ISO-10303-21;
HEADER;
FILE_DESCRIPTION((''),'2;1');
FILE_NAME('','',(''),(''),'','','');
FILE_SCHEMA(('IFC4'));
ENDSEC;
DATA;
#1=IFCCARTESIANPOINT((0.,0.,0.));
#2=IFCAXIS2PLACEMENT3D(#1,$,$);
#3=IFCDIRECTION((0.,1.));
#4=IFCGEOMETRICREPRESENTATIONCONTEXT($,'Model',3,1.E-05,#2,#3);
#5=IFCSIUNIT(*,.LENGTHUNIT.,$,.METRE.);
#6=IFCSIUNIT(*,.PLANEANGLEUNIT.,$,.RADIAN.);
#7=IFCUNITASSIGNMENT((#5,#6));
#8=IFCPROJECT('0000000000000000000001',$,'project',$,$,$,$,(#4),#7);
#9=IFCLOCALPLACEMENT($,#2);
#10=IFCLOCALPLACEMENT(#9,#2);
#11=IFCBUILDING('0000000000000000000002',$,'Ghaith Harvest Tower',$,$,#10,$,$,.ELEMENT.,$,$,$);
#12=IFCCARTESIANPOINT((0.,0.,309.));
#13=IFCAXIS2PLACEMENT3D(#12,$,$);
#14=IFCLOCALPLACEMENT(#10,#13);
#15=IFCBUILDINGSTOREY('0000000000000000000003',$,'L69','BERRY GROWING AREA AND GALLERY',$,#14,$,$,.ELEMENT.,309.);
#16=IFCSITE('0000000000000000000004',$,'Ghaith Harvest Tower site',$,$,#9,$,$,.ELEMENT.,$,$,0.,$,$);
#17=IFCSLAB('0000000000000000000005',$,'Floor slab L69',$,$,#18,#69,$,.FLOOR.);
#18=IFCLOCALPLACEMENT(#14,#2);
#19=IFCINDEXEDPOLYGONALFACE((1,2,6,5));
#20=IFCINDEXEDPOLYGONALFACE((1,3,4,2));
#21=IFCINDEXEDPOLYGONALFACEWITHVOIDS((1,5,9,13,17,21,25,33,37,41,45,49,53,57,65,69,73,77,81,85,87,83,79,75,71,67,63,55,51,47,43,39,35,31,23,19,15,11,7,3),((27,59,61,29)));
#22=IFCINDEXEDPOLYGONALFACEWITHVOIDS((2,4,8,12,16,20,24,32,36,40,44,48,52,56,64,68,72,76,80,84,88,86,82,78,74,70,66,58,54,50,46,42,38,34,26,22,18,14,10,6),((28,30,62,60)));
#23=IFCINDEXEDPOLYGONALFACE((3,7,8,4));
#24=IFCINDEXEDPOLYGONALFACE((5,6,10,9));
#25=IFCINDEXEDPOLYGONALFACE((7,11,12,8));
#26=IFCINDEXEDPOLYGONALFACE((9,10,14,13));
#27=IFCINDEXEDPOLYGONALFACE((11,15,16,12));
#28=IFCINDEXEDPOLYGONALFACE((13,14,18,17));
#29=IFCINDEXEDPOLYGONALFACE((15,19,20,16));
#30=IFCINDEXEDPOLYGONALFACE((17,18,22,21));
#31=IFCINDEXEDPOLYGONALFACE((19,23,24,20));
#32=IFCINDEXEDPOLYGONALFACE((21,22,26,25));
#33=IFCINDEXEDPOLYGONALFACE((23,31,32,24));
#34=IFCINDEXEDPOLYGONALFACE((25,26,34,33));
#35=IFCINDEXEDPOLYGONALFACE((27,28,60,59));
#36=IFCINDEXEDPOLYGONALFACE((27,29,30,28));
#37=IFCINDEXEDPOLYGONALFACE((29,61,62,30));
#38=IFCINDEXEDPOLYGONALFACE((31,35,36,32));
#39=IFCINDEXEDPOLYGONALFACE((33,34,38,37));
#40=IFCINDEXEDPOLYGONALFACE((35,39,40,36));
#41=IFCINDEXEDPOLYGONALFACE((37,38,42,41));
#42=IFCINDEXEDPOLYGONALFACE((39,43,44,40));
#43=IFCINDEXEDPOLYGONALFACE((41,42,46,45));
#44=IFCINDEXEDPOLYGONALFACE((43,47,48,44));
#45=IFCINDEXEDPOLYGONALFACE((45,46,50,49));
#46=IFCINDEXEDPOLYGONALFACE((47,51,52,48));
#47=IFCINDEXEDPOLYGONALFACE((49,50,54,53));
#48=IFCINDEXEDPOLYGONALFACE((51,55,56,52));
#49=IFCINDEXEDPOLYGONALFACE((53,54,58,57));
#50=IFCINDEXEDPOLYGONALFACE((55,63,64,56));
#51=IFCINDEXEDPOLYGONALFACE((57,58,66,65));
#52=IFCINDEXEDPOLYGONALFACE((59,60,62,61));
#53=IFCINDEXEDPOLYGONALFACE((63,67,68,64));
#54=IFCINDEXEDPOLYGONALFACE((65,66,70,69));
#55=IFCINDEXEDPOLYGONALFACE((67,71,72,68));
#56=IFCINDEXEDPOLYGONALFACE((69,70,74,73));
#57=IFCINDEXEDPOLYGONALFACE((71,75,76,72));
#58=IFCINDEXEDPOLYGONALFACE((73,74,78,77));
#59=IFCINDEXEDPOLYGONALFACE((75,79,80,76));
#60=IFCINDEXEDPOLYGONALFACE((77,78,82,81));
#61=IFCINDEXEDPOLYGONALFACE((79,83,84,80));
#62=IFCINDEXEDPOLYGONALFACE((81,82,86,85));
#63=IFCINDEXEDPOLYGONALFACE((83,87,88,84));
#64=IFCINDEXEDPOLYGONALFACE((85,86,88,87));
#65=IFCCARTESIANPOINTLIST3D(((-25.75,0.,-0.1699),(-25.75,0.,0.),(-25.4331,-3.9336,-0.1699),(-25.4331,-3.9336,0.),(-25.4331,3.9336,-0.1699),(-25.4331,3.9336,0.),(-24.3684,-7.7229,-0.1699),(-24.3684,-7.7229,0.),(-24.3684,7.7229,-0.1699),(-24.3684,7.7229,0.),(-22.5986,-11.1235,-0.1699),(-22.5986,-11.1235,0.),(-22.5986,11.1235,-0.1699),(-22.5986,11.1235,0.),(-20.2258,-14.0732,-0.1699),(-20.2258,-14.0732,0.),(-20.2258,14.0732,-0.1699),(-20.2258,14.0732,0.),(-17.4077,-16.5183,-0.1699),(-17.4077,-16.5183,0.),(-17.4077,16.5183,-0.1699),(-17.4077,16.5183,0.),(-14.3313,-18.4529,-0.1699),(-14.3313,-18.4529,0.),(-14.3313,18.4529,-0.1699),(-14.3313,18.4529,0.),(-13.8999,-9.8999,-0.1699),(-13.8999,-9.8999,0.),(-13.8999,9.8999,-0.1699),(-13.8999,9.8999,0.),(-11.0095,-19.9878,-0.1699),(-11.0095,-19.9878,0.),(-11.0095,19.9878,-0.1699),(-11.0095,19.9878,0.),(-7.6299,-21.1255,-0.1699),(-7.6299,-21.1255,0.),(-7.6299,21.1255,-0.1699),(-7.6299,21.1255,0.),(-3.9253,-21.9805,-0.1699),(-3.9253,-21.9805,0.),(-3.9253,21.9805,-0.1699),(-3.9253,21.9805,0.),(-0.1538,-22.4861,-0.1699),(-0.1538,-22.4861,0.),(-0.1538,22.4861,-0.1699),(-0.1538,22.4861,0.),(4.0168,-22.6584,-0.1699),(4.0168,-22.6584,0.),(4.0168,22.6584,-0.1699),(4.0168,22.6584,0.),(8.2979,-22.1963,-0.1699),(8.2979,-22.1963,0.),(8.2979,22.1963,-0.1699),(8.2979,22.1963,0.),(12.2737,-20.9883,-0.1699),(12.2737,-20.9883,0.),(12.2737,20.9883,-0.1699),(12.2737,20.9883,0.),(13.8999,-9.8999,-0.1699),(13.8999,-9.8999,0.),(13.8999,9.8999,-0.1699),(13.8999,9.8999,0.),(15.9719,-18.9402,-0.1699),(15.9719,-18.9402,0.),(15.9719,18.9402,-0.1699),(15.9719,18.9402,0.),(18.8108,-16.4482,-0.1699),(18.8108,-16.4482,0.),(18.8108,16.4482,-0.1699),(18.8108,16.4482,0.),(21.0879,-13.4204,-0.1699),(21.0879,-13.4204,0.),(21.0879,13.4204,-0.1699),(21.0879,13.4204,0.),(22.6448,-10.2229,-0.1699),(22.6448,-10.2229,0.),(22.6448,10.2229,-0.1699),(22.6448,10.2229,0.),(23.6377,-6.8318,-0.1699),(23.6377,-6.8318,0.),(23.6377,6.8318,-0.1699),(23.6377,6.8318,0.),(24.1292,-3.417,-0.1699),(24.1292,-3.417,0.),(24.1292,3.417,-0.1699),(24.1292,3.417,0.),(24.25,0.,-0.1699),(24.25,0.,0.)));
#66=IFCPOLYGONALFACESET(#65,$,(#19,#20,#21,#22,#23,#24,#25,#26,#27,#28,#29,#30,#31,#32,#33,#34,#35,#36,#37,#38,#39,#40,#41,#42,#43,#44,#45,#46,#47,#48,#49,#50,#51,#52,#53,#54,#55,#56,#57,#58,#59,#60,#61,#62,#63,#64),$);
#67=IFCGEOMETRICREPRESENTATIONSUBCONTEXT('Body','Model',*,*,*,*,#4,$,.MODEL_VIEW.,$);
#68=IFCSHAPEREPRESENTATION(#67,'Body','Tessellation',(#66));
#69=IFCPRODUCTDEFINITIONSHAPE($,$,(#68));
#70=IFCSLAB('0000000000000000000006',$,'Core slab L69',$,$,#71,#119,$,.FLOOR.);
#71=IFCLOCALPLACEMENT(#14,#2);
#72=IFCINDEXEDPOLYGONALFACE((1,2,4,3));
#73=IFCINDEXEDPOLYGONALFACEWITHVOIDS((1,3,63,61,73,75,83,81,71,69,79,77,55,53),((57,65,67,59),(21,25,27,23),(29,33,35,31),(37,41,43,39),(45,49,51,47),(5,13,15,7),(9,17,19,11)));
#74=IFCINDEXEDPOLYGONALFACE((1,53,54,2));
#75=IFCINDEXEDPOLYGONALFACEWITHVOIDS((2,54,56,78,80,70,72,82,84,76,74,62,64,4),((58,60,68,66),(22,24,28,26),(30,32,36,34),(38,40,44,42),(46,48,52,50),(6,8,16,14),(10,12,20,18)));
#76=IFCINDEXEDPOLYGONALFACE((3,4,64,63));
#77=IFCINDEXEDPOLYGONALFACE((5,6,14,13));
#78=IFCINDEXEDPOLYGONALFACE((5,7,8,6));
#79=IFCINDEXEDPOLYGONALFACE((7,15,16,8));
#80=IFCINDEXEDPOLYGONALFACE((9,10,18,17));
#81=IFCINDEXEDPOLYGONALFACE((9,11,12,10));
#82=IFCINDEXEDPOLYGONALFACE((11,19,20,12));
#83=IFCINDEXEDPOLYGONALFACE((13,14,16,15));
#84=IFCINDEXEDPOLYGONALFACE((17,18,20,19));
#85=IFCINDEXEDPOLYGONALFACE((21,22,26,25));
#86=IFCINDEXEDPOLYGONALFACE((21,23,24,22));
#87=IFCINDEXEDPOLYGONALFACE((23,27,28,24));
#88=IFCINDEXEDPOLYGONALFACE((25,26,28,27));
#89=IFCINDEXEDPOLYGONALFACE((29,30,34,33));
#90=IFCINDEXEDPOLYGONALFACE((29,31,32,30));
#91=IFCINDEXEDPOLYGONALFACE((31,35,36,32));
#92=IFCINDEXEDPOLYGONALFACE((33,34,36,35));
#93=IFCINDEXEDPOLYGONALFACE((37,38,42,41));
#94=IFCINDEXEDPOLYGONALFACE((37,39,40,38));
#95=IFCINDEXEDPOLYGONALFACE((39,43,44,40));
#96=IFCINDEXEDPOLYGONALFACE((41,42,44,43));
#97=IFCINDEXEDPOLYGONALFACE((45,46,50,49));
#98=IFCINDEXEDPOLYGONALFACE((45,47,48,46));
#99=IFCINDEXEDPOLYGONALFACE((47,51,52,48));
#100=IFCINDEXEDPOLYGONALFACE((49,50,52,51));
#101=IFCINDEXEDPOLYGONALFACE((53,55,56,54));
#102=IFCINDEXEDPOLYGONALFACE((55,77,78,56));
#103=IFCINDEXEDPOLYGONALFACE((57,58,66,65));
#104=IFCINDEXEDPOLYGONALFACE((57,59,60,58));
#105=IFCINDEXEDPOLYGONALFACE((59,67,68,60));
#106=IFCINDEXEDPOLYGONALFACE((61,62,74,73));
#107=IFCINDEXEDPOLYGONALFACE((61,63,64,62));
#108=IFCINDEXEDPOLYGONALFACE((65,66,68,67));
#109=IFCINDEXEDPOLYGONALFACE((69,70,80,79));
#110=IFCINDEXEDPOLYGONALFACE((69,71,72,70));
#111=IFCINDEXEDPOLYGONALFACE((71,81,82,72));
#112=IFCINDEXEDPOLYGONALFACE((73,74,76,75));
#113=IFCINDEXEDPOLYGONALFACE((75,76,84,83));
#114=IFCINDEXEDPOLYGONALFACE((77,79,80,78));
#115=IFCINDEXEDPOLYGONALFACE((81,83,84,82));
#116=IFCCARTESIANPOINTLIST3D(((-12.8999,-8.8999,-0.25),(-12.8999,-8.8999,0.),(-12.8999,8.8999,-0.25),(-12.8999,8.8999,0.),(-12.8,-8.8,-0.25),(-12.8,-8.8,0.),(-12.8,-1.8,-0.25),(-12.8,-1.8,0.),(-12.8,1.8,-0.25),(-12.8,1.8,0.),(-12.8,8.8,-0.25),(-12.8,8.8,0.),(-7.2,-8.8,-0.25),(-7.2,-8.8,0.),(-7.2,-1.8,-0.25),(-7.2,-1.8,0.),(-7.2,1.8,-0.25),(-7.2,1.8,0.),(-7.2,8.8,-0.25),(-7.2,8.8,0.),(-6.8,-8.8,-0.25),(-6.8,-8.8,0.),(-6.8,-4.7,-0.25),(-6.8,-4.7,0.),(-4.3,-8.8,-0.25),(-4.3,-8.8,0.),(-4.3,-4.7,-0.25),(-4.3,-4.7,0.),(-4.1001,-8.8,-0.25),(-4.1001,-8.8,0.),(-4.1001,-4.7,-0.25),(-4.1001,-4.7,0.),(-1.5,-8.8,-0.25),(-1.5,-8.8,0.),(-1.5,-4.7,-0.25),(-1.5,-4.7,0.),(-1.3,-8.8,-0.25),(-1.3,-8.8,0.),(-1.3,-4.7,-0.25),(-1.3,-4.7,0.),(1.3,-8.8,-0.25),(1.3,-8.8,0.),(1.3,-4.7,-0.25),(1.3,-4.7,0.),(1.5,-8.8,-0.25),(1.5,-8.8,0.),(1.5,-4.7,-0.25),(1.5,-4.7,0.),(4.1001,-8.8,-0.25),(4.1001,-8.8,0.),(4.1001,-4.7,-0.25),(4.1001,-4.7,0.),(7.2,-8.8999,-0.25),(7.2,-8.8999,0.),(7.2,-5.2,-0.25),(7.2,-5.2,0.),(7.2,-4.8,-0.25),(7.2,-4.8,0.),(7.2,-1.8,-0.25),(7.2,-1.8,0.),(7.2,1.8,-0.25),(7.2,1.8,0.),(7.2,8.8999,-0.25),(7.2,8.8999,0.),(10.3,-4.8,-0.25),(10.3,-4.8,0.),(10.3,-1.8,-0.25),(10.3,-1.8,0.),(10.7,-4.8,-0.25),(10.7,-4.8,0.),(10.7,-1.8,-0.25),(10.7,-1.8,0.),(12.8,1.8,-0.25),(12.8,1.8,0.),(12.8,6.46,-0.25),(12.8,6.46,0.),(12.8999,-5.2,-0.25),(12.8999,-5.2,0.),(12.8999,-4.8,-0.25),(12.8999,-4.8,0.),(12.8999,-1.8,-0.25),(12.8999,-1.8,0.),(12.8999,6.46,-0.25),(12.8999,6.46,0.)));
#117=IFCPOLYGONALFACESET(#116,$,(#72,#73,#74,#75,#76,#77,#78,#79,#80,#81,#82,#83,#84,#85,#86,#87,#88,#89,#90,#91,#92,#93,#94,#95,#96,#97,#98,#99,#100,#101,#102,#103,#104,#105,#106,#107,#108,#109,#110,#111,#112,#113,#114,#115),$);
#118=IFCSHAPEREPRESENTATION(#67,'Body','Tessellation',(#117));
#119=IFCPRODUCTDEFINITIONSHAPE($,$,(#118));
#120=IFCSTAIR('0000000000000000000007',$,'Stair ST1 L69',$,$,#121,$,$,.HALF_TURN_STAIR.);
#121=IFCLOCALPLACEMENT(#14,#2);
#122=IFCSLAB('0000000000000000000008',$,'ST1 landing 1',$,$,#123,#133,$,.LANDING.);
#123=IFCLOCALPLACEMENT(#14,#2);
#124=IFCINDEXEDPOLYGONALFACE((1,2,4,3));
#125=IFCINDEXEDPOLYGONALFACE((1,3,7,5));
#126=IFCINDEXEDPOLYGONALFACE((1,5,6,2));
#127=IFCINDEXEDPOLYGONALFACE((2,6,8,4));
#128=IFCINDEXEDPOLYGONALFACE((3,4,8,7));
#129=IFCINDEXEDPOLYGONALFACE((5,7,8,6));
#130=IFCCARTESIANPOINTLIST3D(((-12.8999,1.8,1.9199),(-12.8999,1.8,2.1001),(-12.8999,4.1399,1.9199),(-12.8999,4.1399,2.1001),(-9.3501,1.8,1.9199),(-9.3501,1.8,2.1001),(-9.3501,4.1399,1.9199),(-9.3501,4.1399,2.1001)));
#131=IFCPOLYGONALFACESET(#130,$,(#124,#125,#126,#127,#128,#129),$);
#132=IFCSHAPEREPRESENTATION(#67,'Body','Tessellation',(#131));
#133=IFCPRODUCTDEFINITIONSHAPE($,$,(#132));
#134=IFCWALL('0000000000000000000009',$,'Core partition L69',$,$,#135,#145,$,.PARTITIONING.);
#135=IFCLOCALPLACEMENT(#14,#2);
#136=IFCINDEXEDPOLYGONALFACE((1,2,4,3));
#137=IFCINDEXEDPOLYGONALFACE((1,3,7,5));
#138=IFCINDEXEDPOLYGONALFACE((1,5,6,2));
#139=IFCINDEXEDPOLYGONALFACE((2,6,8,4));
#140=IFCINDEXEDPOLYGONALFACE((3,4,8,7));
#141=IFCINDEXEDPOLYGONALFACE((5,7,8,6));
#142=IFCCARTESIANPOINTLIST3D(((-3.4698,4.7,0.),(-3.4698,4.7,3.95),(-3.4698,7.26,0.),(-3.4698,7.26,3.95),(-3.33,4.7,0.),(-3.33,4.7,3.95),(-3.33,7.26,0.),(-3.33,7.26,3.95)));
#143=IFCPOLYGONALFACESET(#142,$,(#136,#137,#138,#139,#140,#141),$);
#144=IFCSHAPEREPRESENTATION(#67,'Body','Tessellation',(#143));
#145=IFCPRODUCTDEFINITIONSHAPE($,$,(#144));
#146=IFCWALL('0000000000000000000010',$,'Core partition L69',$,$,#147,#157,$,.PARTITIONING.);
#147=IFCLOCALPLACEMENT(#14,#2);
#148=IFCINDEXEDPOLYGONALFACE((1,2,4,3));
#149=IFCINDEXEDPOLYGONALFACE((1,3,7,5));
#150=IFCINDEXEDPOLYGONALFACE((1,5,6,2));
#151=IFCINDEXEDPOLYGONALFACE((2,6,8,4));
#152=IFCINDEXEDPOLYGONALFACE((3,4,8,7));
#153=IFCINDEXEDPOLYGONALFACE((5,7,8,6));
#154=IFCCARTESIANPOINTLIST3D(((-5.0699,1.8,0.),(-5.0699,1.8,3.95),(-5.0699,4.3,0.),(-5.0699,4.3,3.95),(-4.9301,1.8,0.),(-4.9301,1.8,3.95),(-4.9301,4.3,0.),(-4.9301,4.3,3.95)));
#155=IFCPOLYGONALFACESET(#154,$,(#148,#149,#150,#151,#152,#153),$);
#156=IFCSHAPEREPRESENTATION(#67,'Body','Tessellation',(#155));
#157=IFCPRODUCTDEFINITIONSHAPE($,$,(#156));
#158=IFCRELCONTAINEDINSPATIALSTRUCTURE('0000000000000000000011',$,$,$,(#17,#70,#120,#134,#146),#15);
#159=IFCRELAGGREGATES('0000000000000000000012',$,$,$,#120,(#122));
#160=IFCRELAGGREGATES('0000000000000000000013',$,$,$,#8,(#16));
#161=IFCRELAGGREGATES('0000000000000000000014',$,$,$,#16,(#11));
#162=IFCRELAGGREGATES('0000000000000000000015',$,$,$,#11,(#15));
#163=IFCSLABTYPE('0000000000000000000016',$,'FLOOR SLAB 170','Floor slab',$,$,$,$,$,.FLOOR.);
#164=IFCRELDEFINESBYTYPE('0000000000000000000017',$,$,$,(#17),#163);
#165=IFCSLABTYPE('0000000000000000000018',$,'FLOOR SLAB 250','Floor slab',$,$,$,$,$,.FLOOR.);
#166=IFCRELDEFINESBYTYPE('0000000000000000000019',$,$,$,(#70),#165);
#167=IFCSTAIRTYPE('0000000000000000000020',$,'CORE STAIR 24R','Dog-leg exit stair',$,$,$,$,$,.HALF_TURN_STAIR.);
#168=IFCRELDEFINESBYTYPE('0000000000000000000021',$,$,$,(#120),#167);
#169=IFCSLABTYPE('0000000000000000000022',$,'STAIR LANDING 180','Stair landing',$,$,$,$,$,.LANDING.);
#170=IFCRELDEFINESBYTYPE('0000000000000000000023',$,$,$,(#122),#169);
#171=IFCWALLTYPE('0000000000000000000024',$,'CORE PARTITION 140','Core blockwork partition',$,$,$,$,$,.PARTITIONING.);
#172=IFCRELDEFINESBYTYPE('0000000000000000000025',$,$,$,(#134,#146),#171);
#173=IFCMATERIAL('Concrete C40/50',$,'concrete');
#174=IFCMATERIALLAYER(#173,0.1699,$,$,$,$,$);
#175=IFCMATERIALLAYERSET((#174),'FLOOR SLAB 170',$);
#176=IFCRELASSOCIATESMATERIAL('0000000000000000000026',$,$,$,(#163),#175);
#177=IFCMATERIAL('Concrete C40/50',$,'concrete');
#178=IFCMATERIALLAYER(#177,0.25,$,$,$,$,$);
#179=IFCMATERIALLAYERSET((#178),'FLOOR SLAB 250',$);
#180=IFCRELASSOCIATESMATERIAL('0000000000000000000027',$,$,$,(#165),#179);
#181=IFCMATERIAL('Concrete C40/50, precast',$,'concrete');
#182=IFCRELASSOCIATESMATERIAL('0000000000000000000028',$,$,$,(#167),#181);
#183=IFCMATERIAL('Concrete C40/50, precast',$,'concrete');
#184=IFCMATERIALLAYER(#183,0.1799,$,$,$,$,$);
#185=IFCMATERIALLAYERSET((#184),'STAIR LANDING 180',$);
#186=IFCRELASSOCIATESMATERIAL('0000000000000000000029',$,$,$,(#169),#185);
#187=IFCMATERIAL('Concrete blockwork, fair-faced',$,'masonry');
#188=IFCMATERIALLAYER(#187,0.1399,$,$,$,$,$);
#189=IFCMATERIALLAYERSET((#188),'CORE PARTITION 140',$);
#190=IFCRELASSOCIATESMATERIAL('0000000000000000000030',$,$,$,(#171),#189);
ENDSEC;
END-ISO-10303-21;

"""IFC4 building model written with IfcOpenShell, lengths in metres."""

from ifc_helpers import new_model, si_unit, direction, frame, frame_2d, origin, place, context, subcontext, project, spatial, polyline, rectangle, outline, extrude, material, layer, layer_set, type_object, element, aggregate, save


model = new_model("IFC4")

# Units and contexts
model_context = context("Model", 3, precision=1e-05, world=origin(), true_north=direction((0.0, 1.0)))
body_context = subcontext(model_context, "Body", "Model", "MODEL_VIEW")
ifc_project = project(units=[si_unit("LENGTHUNIT", "METRE"), si_unit("PLANEANGLEUNIT", "RADIAN")], contexts=[model_context])

# Site, building, storey
site_placement = place(None, origin())
site = spatial("IfcSite", under=ifc_project, at=site_placement, Name="Ghaith Harvest Tower site", CompositionType="ELEMENT", RefElevation=0.0)
building_placement = place(site_placement, origin())
building = spatial("IfcBuilding", under=site, at=building_placement, Name="Ghaith Harvest Tower", CompositionType="ELEMENT")
storey_placement = place(building_placement, frame((0.0, 0.0, 309.0)))
storey = spatial("IfcBuildingStorey", under=building, at=storey_placement, Name="L69", Description="BERRY GROWING AREA AND GALLERY", CompositionType="ELEMENT", Elevation=309.0)

# Slabs
ifc_material_1 = material(Name="Concrete C40/50", Category="concrete")
ifc_layer_1 = layer(ifc_material_1, 0.1699)
ifc_layer_set_1 = layer_set([ifc_layer_1], Name="FLOOR SLAB 170")
slab_type_1 = type_object("IfcSlabType", Name="FLOOR SLAB 170", Description="Floor slab", PredefinedType="FLOOR", material=ifc_layer_set_1)
slab_1_placement = place(storey_placement, frame((0.0, 0.0, -0.1699)))
element("IfcSlab", 1, at=slab_1_placement, inside=storey, type_object=slab_type_1, Name="Floor slab L69", PredefinedType="FLOOR", context=body_context, shape_type="SweptSolid", body=[
    extrude(outline(polyline([(24.25, 0.0), (24.1292, 3.417), (23.6377, 6.8318), (22.6448, 10.2229), (21.0879, 13.4204), (18.8108, 16.4482), (15.9719, 18.9402), (12.2737, 20.9883), (8.2979, 22.1963), (4.0168, 22.6584), (-0.1538, 22.4861), (-3.9253, 21.9805), (-7.6299, 21.1255), (-11.0095, 19.9878), (-14.3313, 18.4529), (-17.4077, 16.5183), (-20.2258, 14.0732), (-22.5986, 11.1235), (-24.3684, 7.7229), (-25.4331, 3.9336), (-25.75, 0.0), (-25.4331, -3.9336), (-24.3684, -7.7229), (-22.5986, -11.1235), (-20.2258, -14.0732), (-17.4077, -16.5183), (-14.3313, -18.4529), (-11.0095, -19.9878), (-7.6299, -21.1255), (-3.9253, -21.9805), (-0.1538, -22.4861), (4.0168, -22.6584), (8.2979, -22.1963), (12.2737, -20.9883), (15.9719, -18.9402), (18.8108, -16.4482), (21.0879, -13.4204), (22.6448, -10.2229), (23.6377, -6.8318), (24.1292, -3.417), (24.25, 0.0)]), holes=[polyline([(-13.8999, -9.8999), (13.8999, -9.8999), (13.8999, 9.8999), (-13.8999, 9.8999), (-13.8999, -9.8999)])]), origin(), (0.0, 0.0, 1.0), 0.1699),
])
ifc_material_2 = material(Name="Concrete C40/50", Category="concrete")
ifc_layer_2 = layer(ifc_material_2, 0.25)
ifc_layer_set_2 = layer_set([ifc_layer_2], Name="FLOOR SLAB 250")
slab_type_2 = type_object("IfcSlabType", Name="FLOOR SLAB 250", Description="Floor slab", PredefinedType="FLOOR", material=ifc_layer_set_2)
slab_2_placement = place(storey_placement, frame((0.0, 0.0, -0.25)))
element("IfcSlab", 2, at=slab_2_placement, inside=storey, type_object=slab_type_2, Name="Core slab L69", PredefinedType="FLOOR", context=body_context, shape_type="SweptSolid", body=[
    extrude(outline(polyline([(-12.8999, 8.8999), (7.2, 8.8999), (7.2, 1.8), (12.8, 1.8), (12.8, 6.46), (12.8999, 6.46), (12.8999, -1.8), (10.7, -1.8), (10.7, -4.8), (12.8999, -4.8), (12.8999, -5.2), (7.2, -5.2), (7.2, -8.8999), (-12.8999, -8.8999), (-12.8999, 8.8999)]), holes=[polyline([(-4.3, -4.7), (-6.8, -4.7), (-6.8, -8.8), (-4.3, -8.8), (-4.3, -4.7)]), polyline([(-1.5, -4.7), (-4.1001, -4.7), (-4.1001, -8.8), (-1.5, -8.8), (-1.5, -4.7)]), polyline([(1.3, -8.8), (1.3, -4.7), (-1.3, -4.7), (-1.3, -8.8), (1.3, -8.8)]), polyline([(4.1001, -8.8), (4.1001, -4.7), (1.5, -4.7), (1.5, -8.8), (4.1001, -8.8)]), polyline([(-7.2, -1.8), (-12.8, -1.8), (-12.8, -8.8), (-7.2, -8.8), (-7.2, -1.8)]), polyline([(10.3, -1.8), (7.2, -1.8), (7.2, -4.8), (10.3, -4.8), (10.3, -1.8)]), polyline([(-12.8, 1.8), (-7.2, 1.8), (-7.2, 8.8), (-12.8, 8.8), (-12.8, 1.8)])]), origin(), (0.0, 0.0, 1.0), 0.25),
])

# Stair, slab
ifc_material_3 = material(Name="Concrete C40/50, precast", Category="concrete")
stair_type = type_object("IfcStairType", Name="CORE STAIR 24R", Description="Dog-leg exit stair", PredefinedType="HALF_TURN_STAIR", material=ifc_material_3)
stair_placement = place(storey_placement, origin())
stair = element("IfcStair", 3, at=stair_placement, inside=storey, type_object=stair_type, Name="Stair ST1 L69", PredefinedType="HALF_TURN_STAIR")
ifc_material_4 = material(Name="Concrete C40/50, precast", Category="concrete")
ifc_layer_3 = layer(ifc_material_4, 0.1799)
ifc_layer_set_3 = layer_set([ifc_layer_3], Name="STAIR LANDING 180")
slab_type_3 = type_object("IfcSlabType", Name="STAIR LANDING 180", Description="Stair landing", PredefinedType="LANDING", material=ifc_layer_set_3)
slab_3_placement = place(storey_placement, frame((0.0, 0.0, 1.9199)))
slab_3 = element("IfcSlab", 4, at=slab_3_placement, type_object=slab_type_3, Name="ST1 landing 1", PredefinedType="LANDING", context=body_context, shape_type="SweptSolid", body=[
    extrude(outline(polyline([(-12.8999, 4.1399), (-12.8999, 1.8), (-9.3501, 1.8), (-9.3501, 4.1399), (-12.8999, 4.1399)])), origin(), (0.0, 0.0, 1.0), 0.1802),
])
aggregate(stair, [slab_3])

# Walls
ifc_material_5 = material(Name="Concrete blockwork, fair-faced", Category="masonry")
ifc_layer_4 = layer(ifc_material_5, 0.1399)
ifc_layer_set_4 = layer_set([ifc_layer_4], Name="CORE PARTITION 140")
wall_type = type_object("IfcWallType", Name="CORE PARTITION 140", Description="Core blockwork partition", PredefinedType="PARTITIONING", material=ifc_layer_set_4)
wall_1_placement = place(storey_placement, frame((-3.3999, 4.7, 0.0), z_axis=(0.0, 0.0, 1.0), x_axis=(0.0, 1.0, 0.0)))
element("IfcWall", 5, at=wall_1_placement, inside=storey, type_object=wall_type, Name="Core partition L69", PredefinedType="PARTITIONING", context=body_context, shape_type="SweptSolid", body=[
    extrude(rectangle(XDim=2.5601, YDim=0.1399, at=frame_2d((1.28, 0.0))), origin(), (0.0, 0.0, 1.0), 3.95),
])
wall_2_placement = place(storey_placement, frame((-5.0, 1.8, 0.0), z_axis=(0.0, 0.0, 1.0), x_axis=(0.0, 1.0, 0.0)))
element("IfcWall", 6, at=wall_2_placement, inside=storey, type_object=wall_type, Name="Core partition L69", PredefinedType="PARTITIONING", context=body_context, shape_type="SweptSolid", body=[
    extrude(rectangle(XDim=2.5, YDim=0.1399, at=frame_2d((1.25, 0.0))), origin(), (0.0, 0.0, 1.0), 3.95),
])

save(model, "model.ifc")
